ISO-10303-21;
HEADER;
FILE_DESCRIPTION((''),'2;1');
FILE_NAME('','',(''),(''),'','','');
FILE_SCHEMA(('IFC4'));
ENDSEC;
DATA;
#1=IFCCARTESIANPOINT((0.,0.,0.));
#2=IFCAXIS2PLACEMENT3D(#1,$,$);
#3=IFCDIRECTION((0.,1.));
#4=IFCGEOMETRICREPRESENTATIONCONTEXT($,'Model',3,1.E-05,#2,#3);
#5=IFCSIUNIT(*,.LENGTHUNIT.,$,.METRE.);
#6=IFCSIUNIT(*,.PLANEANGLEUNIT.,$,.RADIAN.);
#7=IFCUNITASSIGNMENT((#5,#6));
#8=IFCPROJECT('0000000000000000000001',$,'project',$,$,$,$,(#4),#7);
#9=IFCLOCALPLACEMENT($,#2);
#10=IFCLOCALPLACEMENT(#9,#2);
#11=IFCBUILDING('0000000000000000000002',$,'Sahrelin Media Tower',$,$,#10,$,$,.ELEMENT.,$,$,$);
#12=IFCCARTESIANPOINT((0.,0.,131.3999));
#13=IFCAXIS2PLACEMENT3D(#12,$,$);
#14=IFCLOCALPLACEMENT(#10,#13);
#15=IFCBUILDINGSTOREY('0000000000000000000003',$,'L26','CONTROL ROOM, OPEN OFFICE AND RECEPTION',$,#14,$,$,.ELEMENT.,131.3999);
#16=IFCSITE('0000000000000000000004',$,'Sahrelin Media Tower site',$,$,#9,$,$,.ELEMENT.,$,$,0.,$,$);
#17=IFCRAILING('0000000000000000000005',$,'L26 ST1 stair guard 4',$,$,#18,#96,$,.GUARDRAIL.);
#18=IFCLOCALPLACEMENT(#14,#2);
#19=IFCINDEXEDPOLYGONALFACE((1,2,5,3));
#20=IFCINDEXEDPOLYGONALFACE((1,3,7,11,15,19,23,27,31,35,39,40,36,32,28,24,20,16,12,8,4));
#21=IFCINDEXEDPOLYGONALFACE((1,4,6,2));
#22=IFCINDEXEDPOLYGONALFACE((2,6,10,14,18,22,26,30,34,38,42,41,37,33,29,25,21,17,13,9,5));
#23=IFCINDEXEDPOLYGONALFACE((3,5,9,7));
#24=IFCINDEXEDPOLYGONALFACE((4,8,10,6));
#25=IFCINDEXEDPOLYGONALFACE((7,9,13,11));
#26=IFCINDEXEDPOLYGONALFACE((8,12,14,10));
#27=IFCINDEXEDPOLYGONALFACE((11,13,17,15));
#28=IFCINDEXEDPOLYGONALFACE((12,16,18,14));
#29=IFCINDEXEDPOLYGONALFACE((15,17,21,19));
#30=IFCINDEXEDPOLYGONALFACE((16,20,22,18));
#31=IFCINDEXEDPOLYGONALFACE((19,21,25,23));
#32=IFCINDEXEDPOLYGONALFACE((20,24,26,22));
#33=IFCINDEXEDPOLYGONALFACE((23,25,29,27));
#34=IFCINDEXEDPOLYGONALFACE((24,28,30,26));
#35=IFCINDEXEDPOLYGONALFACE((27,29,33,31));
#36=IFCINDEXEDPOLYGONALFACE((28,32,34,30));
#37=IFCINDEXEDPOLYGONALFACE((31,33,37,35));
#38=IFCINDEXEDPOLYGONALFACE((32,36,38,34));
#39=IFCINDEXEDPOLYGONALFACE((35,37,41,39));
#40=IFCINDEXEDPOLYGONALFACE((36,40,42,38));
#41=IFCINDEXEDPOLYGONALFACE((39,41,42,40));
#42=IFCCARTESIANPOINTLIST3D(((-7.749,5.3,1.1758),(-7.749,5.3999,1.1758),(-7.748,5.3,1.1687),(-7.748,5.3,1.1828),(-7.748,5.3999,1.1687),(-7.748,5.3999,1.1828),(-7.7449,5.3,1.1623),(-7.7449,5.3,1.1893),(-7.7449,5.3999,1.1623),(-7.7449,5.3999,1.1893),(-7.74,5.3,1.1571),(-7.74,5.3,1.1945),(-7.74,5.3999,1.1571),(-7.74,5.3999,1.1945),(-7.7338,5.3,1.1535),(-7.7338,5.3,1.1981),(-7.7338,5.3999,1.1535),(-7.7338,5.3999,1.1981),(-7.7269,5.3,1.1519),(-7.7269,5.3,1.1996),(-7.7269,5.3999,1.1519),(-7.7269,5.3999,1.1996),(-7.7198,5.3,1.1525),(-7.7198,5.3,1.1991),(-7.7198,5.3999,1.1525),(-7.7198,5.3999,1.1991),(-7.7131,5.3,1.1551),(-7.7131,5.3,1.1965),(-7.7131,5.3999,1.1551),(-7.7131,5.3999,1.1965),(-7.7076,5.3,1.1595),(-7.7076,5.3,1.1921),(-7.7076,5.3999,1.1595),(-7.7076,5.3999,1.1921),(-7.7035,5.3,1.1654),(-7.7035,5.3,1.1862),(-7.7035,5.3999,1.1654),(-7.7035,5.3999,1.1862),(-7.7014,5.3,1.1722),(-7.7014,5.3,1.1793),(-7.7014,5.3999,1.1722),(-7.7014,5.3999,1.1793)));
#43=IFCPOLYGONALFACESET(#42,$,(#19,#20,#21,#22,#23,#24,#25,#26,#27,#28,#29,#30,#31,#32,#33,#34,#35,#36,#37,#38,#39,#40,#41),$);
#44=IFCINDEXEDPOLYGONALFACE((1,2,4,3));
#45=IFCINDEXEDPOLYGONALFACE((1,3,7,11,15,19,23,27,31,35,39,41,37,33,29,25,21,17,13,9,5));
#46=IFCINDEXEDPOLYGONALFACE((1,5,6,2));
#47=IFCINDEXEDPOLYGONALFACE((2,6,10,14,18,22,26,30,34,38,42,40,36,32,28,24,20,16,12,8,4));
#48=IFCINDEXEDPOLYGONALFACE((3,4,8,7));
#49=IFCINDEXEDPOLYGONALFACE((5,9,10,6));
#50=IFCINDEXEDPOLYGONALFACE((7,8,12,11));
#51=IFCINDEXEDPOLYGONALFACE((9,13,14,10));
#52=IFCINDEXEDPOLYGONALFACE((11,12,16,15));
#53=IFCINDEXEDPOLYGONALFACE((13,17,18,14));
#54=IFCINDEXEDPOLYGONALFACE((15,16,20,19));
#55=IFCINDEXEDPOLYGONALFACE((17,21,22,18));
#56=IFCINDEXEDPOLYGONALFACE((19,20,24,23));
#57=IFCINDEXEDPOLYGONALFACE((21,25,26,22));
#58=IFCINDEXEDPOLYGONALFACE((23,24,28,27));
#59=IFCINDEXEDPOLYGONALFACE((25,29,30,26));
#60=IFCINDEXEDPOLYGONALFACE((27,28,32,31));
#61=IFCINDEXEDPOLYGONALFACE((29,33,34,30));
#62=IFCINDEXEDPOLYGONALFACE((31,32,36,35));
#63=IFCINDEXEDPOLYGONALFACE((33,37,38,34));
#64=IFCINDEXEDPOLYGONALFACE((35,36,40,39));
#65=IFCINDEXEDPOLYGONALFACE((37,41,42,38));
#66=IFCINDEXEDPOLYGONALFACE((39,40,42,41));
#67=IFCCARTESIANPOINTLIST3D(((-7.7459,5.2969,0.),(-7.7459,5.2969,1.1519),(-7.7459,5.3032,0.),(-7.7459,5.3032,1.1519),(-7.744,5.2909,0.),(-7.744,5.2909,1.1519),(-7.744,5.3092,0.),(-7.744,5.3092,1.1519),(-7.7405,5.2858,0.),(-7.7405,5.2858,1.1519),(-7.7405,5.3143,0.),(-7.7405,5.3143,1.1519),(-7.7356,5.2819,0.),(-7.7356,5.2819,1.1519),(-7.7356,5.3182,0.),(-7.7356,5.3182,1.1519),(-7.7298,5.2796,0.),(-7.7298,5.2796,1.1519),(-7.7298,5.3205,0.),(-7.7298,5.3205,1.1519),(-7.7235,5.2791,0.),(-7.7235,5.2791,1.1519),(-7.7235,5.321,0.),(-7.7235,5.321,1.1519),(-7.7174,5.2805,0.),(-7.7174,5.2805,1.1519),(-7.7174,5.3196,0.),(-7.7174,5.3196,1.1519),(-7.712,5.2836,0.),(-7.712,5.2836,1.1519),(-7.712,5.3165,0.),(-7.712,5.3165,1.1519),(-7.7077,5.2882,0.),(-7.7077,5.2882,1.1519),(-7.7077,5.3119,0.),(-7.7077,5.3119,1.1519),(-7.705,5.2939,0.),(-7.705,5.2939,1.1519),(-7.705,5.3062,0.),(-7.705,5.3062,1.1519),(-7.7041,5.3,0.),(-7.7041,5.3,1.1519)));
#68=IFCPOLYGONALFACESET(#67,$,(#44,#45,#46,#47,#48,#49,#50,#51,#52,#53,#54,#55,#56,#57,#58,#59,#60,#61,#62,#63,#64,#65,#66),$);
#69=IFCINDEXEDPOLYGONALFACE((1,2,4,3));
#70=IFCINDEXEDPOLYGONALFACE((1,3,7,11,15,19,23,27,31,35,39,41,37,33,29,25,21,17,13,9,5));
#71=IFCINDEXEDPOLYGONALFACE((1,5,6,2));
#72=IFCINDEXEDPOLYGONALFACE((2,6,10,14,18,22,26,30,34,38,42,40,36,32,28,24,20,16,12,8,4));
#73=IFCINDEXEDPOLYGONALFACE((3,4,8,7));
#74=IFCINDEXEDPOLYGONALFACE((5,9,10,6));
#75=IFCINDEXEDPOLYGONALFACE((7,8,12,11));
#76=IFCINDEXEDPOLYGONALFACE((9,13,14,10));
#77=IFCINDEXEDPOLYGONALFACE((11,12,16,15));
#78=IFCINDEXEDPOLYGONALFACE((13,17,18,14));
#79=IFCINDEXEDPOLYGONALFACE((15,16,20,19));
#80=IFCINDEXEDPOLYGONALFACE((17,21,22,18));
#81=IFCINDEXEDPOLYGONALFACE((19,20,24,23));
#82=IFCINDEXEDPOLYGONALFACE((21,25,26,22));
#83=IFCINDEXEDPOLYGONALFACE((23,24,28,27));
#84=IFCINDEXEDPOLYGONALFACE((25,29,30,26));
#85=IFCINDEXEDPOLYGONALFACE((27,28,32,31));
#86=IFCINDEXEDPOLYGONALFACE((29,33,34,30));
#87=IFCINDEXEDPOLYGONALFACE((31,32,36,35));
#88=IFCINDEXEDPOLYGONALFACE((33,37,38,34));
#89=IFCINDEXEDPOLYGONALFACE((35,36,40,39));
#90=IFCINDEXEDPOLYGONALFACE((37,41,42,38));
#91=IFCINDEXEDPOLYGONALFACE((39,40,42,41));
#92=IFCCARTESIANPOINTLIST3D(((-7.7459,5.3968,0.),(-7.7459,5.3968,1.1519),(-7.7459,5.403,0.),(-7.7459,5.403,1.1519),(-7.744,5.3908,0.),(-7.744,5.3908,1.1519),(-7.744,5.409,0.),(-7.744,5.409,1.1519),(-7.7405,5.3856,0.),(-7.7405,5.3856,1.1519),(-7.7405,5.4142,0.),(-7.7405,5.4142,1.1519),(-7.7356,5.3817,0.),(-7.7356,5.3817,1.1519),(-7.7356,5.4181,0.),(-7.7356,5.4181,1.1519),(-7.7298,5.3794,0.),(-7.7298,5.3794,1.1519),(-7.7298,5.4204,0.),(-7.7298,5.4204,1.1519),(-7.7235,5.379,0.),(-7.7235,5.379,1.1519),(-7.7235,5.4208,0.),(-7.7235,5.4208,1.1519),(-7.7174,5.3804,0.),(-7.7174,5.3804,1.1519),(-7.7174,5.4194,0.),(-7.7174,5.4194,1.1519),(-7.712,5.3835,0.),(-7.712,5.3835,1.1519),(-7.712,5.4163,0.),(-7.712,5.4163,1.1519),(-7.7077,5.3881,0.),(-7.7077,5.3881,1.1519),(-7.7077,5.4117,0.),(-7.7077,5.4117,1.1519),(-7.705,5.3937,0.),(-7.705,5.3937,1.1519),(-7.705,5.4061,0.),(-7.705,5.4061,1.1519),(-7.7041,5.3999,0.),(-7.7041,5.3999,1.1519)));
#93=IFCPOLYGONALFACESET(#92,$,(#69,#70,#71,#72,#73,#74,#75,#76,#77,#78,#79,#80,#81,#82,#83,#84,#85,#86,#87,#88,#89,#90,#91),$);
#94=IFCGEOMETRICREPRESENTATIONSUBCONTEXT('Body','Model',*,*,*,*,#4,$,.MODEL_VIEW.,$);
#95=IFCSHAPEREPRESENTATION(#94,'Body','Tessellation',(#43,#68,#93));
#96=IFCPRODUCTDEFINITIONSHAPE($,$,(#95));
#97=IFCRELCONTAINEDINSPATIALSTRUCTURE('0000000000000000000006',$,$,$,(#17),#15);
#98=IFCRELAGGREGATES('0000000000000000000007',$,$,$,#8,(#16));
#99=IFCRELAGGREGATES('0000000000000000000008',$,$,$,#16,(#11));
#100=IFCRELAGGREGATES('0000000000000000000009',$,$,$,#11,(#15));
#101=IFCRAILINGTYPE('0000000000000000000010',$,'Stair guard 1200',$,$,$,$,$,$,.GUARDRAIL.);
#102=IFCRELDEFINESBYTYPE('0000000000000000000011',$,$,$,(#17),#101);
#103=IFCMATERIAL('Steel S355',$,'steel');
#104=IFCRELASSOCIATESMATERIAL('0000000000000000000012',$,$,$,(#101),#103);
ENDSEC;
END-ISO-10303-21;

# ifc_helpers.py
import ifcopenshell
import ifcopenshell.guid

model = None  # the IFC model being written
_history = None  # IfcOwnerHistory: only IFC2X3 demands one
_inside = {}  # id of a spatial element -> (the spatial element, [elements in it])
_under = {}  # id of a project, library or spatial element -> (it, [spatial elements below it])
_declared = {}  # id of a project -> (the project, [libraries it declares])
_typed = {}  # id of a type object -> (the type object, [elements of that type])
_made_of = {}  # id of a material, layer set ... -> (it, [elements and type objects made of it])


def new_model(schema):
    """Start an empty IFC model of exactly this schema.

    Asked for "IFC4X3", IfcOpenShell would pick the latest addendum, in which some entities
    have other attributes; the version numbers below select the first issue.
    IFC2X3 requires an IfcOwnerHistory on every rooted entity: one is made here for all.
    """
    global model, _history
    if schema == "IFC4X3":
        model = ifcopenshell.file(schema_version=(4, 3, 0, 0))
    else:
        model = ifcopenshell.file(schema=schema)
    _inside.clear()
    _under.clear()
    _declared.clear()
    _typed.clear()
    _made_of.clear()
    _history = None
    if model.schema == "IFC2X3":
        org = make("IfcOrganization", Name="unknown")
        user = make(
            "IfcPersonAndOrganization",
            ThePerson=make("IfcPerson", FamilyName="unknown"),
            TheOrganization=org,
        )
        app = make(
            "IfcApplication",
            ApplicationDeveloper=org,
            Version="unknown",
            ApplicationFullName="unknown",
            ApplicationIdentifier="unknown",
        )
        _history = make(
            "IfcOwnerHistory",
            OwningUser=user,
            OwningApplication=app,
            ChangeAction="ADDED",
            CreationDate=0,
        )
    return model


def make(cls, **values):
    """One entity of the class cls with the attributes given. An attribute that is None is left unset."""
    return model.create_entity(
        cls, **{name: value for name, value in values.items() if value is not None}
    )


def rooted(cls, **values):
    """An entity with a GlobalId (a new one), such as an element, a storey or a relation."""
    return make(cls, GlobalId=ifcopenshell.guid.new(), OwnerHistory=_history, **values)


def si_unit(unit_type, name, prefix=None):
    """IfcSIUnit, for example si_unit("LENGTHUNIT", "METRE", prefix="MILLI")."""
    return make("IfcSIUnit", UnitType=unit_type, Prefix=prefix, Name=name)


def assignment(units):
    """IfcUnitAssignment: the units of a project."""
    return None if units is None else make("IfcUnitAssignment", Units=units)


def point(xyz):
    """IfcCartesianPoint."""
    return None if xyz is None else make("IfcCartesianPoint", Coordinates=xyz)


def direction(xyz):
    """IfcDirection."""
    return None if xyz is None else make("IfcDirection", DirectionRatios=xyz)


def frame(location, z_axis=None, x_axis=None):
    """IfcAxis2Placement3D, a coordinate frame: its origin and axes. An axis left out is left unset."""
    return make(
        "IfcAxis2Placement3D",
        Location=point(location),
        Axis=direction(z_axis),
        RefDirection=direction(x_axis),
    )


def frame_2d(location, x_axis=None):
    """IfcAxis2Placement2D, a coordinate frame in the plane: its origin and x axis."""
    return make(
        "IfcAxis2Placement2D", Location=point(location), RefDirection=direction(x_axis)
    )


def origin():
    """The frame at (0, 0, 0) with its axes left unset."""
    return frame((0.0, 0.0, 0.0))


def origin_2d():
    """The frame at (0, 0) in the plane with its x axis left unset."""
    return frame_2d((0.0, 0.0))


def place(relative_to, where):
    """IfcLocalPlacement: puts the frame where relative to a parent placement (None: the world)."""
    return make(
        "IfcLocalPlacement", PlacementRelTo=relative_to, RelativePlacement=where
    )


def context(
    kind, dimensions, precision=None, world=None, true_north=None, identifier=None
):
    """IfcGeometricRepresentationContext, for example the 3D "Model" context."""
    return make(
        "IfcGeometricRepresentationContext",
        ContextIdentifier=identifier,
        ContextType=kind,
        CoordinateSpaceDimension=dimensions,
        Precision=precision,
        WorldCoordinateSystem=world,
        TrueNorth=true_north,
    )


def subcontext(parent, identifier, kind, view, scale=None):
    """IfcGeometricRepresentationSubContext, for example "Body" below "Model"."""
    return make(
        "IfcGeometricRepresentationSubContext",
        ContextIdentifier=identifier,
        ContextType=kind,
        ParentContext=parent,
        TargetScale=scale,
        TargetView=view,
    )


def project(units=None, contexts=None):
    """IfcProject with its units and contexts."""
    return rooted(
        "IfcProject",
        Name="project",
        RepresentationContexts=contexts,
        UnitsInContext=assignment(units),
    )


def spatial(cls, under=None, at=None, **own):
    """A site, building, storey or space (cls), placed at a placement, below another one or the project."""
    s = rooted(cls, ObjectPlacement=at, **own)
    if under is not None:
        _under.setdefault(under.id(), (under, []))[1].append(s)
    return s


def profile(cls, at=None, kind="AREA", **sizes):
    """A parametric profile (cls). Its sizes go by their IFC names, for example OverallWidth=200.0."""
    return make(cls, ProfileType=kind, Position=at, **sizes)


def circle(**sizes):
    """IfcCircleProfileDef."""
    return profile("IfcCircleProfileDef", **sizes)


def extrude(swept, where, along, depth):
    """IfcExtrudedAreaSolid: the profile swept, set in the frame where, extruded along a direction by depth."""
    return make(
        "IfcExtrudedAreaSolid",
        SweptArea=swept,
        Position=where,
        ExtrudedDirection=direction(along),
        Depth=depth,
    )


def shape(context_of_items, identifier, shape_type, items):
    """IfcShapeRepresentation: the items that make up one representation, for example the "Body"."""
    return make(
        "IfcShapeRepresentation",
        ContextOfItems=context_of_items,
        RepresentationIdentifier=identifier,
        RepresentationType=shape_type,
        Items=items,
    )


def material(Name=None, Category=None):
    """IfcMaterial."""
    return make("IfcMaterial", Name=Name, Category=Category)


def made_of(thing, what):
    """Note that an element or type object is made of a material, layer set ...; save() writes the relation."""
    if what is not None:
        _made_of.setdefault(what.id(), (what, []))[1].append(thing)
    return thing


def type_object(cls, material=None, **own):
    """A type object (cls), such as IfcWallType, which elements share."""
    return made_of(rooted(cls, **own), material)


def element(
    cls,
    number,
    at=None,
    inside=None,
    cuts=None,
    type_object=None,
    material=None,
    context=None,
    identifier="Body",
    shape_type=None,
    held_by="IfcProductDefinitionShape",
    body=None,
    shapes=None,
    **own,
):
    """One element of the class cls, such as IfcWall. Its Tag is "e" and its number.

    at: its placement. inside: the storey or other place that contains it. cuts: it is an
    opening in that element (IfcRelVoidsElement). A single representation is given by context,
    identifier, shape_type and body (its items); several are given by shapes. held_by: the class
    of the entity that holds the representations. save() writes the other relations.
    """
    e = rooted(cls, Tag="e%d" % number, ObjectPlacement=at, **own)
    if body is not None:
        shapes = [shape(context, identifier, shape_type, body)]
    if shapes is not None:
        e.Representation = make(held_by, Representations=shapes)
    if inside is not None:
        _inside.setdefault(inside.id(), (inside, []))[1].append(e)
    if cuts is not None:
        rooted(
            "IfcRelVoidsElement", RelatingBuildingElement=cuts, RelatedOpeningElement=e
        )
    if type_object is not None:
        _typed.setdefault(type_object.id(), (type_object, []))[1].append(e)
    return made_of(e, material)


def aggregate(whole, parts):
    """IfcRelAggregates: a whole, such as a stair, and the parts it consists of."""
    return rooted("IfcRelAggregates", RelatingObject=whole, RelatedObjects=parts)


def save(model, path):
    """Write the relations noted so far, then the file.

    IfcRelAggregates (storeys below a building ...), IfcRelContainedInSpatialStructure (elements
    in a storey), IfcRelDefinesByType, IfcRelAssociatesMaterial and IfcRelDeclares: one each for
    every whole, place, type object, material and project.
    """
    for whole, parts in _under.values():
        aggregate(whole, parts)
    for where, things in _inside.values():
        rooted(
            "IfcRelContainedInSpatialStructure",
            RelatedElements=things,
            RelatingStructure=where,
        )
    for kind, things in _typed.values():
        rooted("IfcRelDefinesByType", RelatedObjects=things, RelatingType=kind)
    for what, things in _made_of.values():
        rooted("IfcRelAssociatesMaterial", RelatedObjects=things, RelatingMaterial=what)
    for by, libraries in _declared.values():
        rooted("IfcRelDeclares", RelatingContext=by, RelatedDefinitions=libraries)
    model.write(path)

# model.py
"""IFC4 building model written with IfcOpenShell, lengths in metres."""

from ifc_helpers import new_model, si_unit, direction, frame, origin, origin_2d, place, context, subcontext, project, spatial, circle, extrude, material, type_object, element, save


model = new_model("IFC4")

# Units and contexts
model_context = context("Model", 3, precision=1e-05, world=origin(), true_north=direction((0.0, 1.0)))
body_context = subcontext(model_context, "Body", "Model", "MODEL_VIEW")
ifc_project = project(units=[si_unit("LENGTHUNIT", "METRE"), si_unit("PLANEANGLEUNIT", "RADIAN")], contexts=[model_context])

# Site, building, storey
site_placement = place(None, origin())
site = spatial("IfcSite", under=ifc_project, at=site_placement, Name="Sahrelin Media Tower site", CompositionType="ELEMENT", RefElevation=0.0)
building_placement = place(site_placement, origin())
building = spatial("IfcBuilding", under=site, at=building_placement, Name="Sahrelin Media Tower", CompositionType="ELEMENT")
storey_placement = place(building_placement, frame((0.0, 0.0, 131.3999)))
storey = spatial("IfcBuildingStorey", under=building, at=storey_placement, Name="L26", Description="CONTROL ROOM, OPEN OFFICE AND RECEPTION", CompositionType="ELEMENT", Elevation=131.3999)

# Shared definitions
ifc_material_1 = material(Name="Steel S355", Category="steel")

# Railing
railing_type_1 = type_object("IfcRailingType", Name="Stair guard 1200", PredefinedType="GUARDRAIL", material=ifc_material_1)
railing_1_placement = place(storey_placement, frame((-7.7251, 5.3, 0.0)))
element("IfcRailing", 1, at=railing_1_placement, inside=storey, type_object=railing_type_1, Name="L26 ST1 stair guard 4", PredefinedType="GUARDRAIL", context=body_context, shape_type="SweptSolid", body=[
    extrude(circle(Radius=0.0239, at=origin_2d()), frame((0.0, 0.0, 1.1758), z_axis=(0.0, 1.0, 0.0), x_axis=(-1.0, 0.0, 0.0)), (0.0, 0.0, 1.0), 0.0999),
    extrude(circle(Radius=0.021, at=origin_2d()), origin(), (0.0, 0.0, 1.0), 1.1519),
    extrude(circle(Radius=0.021, at=origin_2d()), frame((0.0, 0.0999, 0.0)), (0.0, 0.0, 1.0), 1.1519),
])

save(model, "model.ifc")
